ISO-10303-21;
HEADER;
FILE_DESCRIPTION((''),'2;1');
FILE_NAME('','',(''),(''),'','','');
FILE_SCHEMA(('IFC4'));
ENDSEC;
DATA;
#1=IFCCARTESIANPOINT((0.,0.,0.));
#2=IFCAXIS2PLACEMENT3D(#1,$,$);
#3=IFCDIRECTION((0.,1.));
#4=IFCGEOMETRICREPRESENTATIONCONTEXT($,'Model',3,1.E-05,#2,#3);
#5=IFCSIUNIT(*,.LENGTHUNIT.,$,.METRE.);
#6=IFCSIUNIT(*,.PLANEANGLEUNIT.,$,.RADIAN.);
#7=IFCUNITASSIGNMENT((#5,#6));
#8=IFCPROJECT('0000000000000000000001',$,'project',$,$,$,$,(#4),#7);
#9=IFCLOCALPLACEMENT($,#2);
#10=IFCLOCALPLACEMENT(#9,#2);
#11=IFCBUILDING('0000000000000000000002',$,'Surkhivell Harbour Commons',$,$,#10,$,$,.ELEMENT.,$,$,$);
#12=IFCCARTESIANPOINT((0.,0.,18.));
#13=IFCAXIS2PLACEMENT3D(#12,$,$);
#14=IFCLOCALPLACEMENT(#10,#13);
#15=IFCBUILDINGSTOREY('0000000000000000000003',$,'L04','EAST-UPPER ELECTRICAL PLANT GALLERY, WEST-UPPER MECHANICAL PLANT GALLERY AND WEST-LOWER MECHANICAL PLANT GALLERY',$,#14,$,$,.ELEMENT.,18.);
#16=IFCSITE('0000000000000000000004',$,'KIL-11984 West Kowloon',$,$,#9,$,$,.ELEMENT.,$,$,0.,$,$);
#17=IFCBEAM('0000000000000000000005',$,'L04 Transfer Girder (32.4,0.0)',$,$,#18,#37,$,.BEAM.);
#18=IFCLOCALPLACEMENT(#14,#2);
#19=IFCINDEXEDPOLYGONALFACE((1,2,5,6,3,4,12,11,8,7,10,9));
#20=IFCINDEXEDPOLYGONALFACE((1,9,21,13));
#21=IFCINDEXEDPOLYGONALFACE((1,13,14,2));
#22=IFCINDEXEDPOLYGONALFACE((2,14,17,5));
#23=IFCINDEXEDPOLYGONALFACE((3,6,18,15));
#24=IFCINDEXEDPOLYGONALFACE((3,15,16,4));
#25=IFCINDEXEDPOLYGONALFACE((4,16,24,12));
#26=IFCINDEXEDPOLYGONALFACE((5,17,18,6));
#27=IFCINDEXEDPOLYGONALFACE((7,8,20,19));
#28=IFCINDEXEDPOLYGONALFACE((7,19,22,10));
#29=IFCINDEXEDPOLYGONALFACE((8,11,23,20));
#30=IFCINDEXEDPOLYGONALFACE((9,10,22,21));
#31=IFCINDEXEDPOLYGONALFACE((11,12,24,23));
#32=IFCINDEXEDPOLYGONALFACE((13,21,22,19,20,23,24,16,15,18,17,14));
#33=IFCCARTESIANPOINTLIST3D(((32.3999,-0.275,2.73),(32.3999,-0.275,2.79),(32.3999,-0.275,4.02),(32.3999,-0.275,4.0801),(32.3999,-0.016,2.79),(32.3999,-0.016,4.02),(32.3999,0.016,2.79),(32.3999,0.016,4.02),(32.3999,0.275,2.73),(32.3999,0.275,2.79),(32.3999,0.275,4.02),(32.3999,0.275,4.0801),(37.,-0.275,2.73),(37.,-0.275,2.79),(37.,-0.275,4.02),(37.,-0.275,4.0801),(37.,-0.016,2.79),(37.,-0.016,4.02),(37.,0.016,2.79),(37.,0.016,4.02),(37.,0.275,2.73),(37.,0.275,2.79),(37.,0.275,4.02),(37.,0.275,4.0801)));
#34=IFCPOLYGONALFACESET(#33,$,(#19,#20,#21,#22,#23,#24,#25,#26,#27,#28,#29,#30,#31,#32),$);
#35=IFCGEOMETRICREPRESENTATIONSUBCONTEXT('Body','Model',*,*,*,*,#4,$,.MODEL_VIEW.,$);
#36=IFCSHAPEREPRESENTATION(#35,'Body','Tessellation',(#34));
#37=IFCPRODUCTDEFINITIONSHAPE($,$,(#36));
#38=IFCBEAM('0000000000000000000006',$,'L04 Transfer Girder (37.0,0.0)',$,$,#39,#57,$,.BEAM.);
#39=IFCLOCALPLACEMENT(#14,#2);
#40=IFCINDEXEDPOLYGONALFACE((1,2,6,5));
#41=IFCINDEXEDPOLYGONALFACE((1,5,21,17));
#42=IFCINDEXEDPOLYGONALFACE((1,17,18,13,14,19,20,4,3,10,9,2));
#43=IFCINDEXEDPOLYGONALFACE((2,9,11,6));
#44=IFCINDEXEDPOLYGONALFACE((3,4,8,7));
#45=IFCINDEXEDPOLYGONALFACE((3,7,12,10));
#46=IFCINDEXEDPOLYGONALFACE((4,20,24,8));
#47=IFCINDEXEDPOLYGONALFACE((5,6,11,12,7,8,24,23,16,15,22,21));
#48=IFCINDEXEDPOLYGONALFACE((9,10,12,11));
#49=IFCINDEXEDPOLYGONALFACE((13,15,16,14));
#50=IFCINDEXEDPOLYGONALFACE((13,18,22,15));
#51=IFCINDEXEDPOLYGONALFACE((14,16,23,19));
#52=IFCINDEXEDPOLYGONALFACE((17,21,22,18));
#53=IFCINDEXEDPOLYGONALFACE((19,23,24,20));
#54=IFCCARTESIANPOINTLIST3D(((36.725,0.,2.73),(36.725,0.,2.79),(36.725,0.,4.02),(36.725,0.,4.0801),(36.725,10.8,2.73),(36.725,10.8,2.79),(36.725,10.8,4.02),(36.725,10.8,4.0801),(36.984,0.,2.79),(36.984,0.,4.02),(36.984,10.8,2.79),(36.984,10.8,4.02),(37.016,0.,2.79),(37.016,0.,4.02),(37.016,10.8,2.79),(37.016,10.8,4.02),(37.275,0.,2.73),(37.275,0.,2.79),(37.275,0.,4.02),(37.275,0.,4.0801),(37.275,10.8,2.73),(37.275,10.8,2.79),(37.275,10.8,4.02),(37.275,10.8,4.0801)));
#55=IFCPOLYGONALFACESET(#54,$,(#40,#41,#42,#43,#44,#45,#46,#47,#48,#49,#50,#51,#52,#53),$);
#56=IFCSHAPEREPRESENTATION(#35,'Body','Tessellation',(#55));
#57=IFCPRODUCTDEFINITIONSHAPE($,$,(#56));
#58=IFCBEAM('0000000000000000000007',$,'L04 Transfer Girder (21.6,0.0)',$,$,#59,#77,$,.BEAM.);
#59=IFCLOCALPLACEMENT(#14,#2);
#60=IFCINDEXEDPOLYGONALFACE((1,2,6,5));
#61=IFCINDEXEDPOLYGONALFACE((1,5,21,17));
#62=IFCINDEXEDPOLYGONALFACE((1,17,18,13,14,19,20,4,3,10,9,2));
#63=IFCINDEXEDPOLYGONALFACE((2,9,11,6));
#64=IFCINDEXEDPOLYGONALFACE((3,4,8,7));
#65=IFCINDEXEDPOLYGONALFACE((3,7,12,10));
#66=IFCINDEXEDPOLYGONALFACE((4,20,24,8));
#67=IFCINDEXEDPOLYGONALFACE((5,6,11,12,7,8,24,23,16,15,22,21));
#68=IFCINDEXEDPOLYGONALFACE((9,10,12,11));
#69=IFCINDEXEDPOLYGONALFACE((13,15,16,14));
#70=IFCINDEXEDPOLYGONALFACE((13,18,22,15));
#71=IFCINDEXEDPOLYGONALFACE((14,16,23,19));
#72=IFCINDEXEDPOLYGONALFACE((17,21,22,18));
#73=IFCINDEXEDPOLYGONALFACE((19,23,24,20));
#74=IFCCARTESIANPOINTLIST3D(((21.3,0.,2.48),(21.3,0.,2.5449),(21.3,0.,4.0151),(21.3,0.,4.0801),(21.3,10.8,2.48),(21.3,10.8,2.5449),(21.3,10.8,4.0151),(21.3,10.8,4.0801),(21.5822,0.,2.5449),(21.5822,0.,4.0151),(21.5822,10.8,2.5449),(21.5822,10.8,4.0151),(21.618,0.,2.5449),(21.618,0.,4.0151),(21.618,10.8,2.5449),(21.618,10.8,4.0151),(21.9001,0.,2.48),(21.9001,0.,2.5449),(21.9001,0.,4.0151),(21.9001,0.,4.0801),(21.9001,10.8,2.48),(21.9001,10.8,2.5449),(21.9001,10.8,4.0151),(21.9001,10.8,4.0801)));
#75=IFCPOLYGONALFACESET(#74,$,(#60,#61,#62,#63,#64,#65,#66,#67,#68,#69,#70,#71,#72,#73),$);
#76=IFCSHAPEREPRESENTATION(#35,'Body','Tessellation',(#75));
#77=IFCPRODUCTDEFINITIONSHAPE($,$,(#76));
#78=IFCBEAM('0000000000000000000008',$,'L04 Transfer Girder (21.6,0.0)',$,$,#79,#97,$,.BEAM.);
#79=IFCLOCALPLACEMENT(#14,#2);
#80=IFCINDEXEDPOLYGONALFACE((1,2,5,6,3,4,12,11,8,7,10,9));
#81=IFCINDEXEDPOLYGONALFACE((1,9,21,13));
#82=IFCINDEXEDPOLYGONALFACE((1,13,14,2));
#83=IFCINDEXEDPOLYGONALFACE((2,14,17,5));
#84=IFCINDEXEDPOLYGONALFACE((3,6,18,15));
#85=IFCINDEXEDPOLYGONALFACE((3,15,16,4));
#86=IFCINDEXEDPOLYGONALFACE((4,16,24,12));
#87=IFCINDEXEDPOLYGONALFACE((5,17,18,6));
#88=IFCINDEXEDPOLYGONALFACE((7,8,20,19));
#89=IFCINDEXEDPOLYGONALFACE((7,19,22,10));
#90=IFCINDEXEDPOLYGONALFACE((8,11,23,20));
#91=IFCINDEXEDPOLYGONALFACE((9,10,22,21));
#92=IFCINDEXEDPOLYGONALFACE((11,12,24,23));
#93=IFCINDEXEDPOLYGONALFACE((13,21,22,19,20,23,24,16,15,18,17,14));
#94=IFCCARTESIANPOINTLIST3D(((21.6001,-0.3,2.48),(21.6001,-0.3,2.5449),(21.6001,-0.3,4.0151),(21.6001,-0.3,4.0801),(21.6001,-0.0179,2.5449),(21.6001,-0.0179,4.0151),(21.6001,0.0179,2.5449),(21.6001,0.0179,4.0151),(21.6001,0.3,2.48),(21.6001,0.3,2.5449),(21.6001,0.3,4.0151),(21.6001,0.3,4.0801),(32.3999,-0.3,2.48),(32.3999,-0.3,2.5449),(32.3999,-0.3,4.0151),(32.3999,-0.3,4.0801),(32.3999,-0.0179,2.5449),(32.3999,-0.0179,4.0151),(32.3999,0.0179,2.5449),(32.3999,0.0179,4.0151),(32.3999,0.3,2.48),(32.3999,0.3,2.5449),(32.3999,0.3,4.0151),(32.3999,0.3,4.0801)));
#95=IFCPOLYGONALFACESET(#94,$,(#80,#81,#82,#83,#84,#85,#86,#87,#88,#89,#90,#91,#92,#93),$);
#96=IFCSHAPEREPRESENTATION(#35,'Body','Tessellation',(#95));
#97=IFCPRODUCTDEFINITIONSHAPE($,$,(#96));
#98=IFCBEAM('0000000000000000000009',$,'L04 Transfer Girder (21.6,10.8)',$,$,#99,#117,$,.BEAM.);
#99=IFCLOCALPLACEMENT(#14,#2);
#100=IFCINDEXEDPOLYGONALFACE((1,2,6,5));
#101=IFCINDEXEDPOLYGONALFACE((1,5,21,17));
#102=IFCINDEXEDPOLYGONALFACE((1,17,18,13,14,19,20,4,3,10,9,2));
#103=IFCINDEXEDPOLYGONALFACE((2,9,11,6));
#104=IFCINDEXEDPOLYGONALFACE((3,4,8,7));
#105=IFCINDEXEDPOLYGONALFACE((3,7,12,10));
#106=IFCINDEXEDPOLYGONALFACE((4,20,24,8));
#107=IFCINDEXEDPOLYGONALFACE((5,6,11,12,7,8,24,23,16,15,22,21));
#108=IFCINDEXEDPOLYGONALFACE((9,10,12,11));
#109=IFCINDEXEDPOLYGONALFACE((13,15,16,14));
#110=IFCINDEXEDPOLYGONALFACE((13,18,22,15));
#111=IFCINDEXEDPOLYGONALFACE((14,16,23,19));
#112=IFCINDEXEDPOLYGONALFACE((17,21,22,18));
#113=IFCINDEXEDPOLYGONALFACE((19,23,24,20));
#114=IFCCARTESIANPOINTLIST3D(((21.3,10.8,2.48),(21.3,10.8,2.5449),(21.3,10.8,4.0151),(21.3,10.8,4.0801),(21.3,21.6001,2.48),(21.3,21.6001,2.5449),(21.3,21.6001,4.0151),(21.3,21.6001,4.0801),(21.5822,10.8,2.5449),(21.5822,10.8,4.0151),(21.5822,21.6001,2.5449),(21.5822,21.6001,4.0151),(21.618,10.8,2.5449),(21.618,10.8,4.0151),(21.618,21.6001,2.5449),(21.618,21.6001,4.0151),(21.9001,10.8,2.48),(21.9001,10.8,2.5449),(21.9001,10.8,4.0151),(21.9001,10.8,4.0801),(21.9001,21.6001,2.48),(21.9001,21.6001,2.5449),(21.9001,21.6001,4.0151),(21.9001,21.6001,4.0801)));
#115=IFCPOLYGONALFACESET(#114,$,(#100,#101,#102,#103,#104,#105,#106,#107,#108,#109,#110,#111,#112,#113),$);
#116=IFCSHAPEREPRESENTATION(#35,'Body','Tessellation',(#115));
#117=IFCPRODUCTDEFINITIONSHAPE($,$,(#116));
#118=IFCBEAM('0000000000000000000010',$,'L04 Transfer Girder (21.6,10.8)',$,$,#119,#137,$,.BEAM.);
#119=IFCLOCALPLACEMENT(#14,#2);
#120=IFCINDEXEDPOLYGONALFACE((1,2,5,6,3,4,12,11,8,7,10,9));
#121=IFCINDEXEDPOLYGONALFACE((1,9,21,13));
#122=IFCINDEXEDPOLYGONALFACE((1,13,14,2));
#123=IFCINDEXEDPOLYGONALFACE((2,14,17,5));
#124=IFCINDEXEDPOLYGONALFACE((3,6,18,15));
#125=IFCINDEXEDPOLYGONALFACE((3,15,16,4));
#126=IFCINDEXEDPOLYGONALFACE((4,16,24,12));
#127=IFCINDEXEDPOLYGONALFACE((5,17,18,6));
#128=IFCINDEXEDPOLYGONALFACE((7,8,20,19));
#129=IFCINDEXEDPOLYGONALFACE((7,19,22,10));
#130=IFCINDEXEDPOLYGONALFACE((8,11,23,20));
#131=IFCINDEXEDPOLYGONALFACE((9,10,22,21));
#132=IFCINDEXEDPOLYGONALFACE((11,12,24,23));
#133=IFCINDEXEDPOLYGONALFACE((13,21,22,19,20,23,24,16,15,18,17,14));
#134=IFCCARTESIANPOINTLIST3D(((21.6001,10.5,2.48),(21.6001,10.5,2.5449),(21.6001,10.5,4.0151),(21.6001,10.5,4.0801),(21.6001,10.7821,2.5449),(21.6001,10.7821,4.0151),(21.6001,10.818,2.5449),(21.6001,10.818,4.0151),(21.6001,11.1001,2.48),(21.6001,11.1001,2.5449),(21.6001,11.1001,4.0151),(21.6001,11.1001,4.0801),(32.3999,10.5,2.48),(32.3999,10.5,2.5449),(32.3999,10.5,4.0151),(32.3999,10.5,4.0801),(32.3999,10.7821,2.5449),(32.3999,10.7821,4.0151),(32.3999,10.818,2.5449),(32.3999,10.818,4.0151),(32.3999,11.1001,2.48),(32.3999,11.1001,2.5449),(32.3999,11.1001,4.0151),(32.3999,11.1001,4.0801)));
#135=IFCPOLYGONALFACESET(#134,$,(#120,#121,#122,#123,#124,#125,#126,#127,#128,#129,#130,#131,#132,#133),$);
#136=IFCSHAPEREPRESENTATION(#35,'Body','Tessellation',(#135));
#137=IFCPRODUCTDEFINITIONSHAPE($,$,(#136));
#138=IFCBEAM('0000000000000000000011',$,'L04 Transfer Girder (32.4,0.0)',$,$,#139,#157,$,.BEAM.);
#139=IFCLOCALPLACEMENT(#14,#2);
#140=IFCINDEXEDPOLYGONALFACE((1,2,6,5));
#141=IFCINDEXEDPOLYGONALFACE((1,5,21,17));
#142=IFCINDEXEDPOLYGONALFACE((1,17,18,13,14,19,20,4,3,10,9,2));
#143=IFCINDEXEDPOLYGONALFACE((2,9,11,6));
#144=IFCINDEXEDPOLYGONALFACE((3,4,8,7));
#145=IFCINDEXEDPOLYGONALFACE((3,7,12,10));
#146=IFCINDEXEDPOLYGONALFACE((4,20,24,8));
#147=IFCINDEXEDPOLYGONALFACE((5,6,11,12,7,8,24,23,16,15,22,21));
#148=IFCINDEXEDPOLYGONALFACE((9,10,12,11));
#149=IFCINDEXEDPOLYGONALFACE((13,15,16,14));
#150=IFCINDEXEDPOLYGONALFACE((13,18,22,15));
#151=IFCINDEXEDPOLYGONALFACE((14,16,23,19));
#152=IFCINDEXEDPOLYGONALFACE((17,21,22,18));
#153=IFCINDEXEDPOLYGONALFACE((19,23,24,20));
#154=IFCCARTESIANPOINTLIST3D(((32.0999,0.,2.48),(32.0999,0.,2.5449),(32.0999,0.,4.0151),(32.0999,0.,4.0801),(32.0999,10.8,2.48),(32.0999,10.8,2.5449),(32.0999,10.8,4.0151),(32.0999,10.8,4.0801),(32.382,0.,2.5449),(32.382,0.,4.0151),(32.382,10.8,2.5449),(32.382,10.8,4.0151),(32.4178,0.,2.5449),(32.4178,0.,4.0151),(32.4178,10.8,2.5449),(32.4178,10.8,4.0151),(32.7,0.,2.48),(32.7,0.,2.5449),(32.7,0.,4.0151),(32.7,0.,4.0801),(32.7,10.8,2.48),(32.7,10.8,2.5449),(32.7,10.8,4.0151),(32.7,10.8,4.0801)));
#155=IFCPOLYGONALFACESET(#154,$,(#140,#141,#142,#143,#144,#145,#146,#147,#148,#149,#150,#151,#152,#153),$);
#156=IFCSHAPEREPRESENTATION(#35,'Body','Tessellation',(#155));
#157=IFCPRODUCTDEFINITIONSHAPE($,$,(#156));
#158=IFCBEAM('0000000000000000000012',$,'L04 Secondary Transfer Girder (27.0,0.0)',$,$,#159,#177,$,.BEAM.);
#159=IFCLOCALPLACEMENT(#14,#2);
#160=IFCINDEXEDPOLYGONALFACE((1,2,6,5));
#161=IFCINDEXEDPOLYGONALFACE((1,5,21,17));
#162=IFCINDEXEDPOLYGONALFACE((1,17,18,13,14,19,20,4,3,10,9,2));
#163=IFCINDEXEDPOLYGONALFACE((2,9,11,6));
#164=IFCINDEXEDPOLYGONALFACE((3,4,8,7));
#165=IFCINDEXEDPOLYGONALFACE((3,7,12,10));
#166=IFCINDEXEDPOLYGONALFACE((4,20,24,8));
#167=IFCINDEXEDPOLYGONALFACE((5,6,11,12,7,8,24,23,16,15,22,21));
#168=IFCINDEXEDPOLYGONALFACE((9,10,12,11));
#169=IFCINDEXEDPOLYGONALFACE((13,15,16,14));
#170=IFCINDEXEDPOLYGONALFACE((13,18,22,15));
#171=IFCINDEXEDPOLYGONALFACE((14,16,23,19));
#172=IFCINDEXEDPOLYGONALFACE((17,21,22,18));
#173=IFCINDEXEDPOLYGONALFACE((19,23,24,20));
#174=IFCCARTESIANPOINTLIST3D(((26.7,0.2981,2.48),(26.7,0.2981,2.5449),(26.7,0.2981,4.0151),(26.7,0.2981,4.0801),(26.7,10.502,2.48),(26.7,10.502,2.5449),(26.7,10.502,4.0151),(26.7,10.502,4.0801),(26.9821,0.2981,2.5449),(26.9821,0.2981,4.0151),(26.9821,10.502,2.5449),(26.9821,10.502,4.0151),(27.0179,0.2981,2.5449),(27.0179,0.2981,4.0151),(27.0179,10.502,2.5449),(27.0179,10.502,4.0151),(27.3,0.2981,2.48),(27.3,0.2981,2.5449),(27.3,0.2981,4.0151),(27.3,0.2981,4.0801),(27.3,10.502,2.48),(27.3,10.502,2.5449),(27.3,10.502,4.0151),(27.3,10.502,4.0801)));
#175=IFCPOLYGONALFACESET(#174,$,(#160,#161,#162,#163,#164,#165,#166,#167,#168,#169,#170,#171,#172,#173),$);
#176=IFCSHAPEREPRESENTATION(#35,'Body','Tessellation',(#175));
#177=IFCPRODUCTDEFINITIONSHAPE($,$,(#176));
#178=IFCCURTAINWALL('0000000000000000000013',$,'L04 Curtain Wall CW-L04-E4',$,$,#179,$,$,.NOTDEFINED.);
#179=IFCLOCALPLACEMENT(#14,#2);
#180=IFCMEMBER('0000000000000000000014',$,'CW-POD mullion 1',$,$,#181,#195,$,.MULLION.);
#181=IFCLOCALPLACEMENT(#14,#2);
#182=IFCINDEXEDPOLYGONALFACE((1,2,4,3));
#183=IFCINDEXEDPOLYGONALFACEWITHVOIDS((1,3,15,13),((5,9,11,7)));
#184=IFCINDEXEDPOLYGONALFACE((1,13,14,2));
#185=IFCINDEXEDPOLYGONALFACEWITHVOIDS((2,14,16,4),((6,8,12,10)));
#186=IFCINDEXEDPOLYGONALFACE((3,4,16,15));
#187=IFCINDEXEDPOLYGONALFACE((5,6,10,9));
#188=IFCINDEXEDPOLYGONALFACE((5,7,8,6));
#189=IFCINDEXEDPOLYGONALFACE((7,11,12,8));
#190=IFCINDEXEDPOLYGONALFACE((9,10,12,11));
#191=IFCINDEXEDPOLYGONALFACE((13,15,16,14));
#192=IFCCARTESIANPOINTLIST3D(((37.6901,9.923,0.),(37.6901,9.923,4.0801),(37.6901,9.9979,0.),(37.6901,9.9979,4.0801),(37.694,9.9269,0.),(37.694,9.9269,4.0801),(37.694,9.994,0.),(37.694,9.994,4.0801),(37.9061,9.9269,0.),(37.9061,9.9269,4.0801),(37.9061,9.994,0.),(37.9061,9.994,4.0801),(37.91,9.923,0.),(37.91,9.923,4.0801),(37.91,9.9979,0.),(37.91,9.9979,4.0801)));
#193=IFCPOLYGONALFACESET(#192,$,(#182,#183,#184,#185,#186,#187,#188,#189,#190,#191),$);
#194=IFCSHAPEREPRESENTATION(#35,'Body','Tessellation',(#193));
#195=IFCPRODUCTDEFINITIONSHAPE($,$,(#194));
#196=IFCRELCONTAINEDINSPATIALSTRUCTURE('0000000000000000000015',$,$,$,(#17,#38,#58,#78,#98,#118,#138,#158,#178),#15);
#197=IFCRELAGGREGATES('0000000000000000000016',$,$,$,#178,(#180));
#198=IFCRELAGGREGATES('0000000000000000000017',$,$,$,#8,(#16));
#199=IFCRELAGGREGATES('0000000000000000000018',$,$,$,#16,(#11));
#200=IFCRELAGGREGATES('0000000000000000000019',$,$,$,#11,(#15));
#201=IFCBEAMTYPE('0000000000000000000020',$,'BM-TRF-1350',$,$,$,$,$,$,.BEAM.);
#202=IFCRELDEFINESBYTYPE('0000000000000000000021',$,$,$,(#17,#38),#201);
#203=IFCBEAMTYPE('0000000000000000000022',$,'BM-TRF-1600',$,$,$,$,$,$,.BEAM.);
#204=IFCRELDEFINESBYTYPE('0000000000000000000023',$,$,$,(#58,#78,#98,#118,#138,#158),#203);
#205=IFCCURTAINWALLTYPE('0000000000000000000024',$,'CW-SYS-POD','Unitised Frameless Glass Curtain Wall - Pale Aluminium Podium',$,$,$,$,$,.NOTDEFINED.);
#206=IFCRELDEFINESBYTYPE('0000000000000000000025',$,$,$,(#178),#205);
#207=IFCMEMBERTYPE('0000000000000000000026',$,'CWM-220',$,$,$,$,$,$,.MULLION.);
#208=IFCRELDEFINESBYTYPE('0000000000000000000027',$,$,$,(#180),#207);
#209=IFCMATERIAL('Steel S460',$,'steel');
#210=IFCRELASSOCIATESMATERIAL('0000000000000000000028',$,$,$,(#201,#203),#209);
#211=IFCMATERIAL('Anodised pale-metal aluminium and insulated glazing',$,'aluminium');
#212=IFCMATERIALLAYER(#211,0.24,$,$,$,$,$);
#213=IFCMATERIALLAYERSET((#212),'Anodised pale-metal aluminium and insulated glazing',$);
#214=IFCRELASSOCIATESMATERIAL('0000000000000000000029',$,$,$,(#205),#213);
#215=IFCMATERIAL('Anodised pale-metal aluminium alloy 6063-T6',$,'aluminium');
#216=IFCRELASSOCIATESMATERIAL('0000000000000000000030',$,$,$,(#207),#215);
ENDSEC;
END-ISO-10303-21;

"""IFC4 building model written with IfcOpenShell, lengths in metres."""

from ifc_helpers import new_model, si_unit, direction, frame, origin, origin_2d, place, context, subcontext, project, spatial, hollow_rectangle, i_section, extrude, material, layer, layer_set, material_profile, profile_set, type_object, element, aggregate, save


model = new_model("IFC4")

# Units and contexts
model_context = context("Model", 3, precision=1e-05, world=origin(), true_north=direction((0.0, 1.0)))
body_context = subcontext(model_context, "Body", "Model", "MODEL_VIEW")
ifc_project = project(units=[si_unit("LENGTHUNIT", "METRE"), si_unit("PLANEANGLEUNIT", "RADIAN")], contexts=[model_context])

# Site, building, storey
site_placement = place(None, origin())
site = spatial("IfcSite", under=ifc_project, at=site_placement, Name="KIL-11984 West Kowloon", CompositionType="ELEMENT", RefElevation=0.0)
building_placement = place(site_placement, origin())
building = spatial("IfcBuilding", under=site, at=building_placement, Name="Surkhivell Harbour Commons", CompositionType="ELEMENT")
storey_placement = place(building_placement, frame((0.0, 0.0, 18.0)))
storey = spatial("IfcBuildingStorey", under=building, at=storey_placement, Name="L04", Description="EAST-UPPER ELECTRICAL PLANT GALLERY, WEST-UPPER MECHANICAL PLANT GALLERY AND WEST-LOWER MECHANICAL PLANT GALLERY", CompositionType="ELEMENT", Elevation=18.0)

# Beams
ifc_material_1 = material(Name="Steel S460", Category="steel")
ifc_material_profile_1 = material_profile(ifc_material_1, i_section(OverallWidth=0.55, OverallDepth=1.3501, WebThickness=0.032, FlangeThickness=0.0601, at=origin_2d()), Name="WPG1350x550x248")
ifc_profile_set_1 = profile_set([ifc_material_profile_1], Name="Steel S460")
beam_type_1 = type_object("IfcBeamType", Name="BM-TRF-1350", PredefinedType="BEAM", material=ifc_profile_set_1)
beam_1_placement = place(storey_placement, frame((32.3999, 0.0, 3.405), z_axis=(1.0, 0.0, 0.0), x_axis=(0.0, 1.0, 0.0)))
element("IfcBeam", 1, at=beam_1_placement, inside=storey, type_object=beam_type_1, Name="L04 Transfer Girder (32.4,0.0)", PredefinedType="BEAM", context=body_context, shape_type="SweptSolid", body=[
    extrude(i_section(OverallWidth=0.55, OverallDepth=1.3501, WebThickness=0.032, FlangeThickness=0.0601, at=origin_2d()), origin(), (0.0, 0.0, 1.0), 4.6001),
])
beam_2_placement = place(storey_placement, frame((37.0, 0.0, 3.405), z_axis=(0.0, 1.0, 0.0), x_axis=(-1.0, 0.0, 0.0)))
element("IfcBeam", 2, at=beam_2_placement, inside=storey, type_object=beam_type_1, Name="L04 Transfer Girder (37.0,0.0)", PredefinedType="BEAM", context=body_context, shape_type="SweptSolid", body=[
    extrude(i_section(OverallWidth=0.55, OverallDepth=1.3501, WebThickness=0.032, FlangeThickness=0.0601, at=origin_2d()), origin(), (0.0, 0.0, 1.0), 10.8),
])
ifc_material_profile_2 = material_profile(ifc_material_1, i_section(OverallWidth=0.6001, OverallDepth=1.6001, WebThickness=0.0359, FlangeThickness=0.0649, at=origin_2d()), Name="WPG1600x600x296")
ifc_profile_set_2 = profile_set([ifc_material_profile_2], Name="Steel S460")
beam_type_2 = type_object("IfcBeamType", Name="BM-TRF-1600", PredefinedType="BEAM", material=ifc_profile_set_2)
beam_3_placement = place(storey_placement, frame((21.6001, 0.0, 3.28), z_axis=(0.0, 1.0, 0.0), x_axis=(-1.0, 0.0, 0.0)))
element("IfcBeam", 3, at=beam_3_placement, inside=storey, type_object=beam_type_2, Name="L04 Transfer Girder (21.6,0.0)", PredefinedType="BEAM", context=body_context, shape_type="SweptSolid", body=[
    extrude(i_section(OverallWidth=0.6001, OverallDepth=1.6001, WebThickness=0.0359, FlangeThickness=0.0649, at=origin_2d()), origin(), (0.0, 0.0, 1.0), 10.8),
])
beam_4_placement = place(storey_placement, frame((21.6001, 0.0, 3.28), z_axis=(1.0, 0.0, 0.0), x_axis=(0.0, 1.0, 0.0)))
element("IfcBeam", 4, at=beam_4_placement, inside=storey, type_object=beam_type_2, Name="L04 Transfer Girder (21.6,0.0)", PredefinedType="BEAM", context=body_context, shape_type="SweptSolid", body=[
    extrude(i_section(OverallWidth=0.6001, OverallDepth=1.6001, WebThickness=0.0359, FlangeThickness=0.0649, at=origin_2d()), origin(), (0.0, 0.0, 1.0), 10.7998),
])
beam_5_placement = place(storey_placement, frame((21.6001, 10.8, 3.28), z_axis=(0.0, 1.0, 0.0), x_axis=(-1.0, 0.0, 0.0)))
element("IfcBeam", 5, at=beam_5_placement, inside=storey, type_object=beam_type_2, Name="L04 Transfer Girder (21.6,10.8)", PredefinedType="BEAM", context=body_context, shape_type="SweptSolid", body=[
    extrude(i_section(OverallWidth=0.6001, OverallDepth=1.6001, WebThickness=0.0359, FlangeThickness=0.0649, at=origin_2d()), origin(), (0.0, 0.0, 1.0), 10.8),
])
beam_6_placement = place(storey_placement, frame((21.6001, 10.8, 3.28), z_axis=(1.0, 0.0, 0.0), x_axis=(0.0, 1.0, 0.0)))
element("IfcBeam", 6, at=beam_6_placement, inside=storey, type_object=beam_type_2, Name="L04 Transfer Girder (21.6,10.8)", PredefinedType="BEAM", context=body_context, shape_type="SweptSolid", body=[
    extrude(i_section(OverallWidth=0.6001, OverallDepth=1.6001, WebThickness=0.0359, FlangeThickness=0.0649, at=origin_2d()), origin(), (0.0, 0.0, 1.0), 10.7998),
])
beam_7_placement = place(storey_placement, frame((32.3999, 0.0, 3.28), z_axis=(0.0, 1.0, 0.0), x_axis=(-1.0, 0.0, 0.0)))
element("IfcBeam", 7, at=beam_7_placement, inside=storey, type_object=beam_type_2, Name="L04 Transfer Girder (32.4,0.0)", PredefinedType="BEAM", context=body_context, shape_type="SweptSolid", body=[
    extrude(i_section(OverallWidth=0.6001, OverallDepth=1.6001, WebThickness=0.0359, FlangeThickness=0.0649, at=origin_2d()), origin(), (0.0, 0.0, 1.0), 10.8),
])
beam_8_placement = place(storey_placement, frame((27.0, 0.2981, 3.28), z_axis=(0.0, 1.0, 0.0), x_axis=(-1.0, 0.0, 0.0)))
element("IfcBeam", 8, at=beam_8_placement, inside=storey, type_object=beam_type_2, Name="L04 Secondary Transfer Girder (27.0,0.0)", PredefinedType="BEAM", context=body_context, shape_type="SweptSolid", body=[
    extrude(i_section(OverallWidth=0.6001, OverallDepth=1.6001, WebThickness=0.0359, FlangeThickness=0.0649, at=origin_2d()), origin(), (0.0, 0.0, 1.0), 10.2039),
])

# Curtain wall, member
ifc_material_2 = material(Name="Anodised pale-metal aluminium and insulated glazing", Category="aluminium")
ifc_layer_1 = layer(ifc_material_2, 0.24)
ifc_layer_set_1 = layer_set([ifc_layer_1], Name="Anodised pale-metal aluminium and insulated glazing")
curtain_wall_type = type_object("IfcCurtainWallType", Name="CW-SYS-POD", Description="Unitised Frameless Glass Curtain Wall - Pale Aluminium Podium", PredefinedType="NOTDEFINED", material=ifc_layer_set_1)
curtain_wall_placement = place(storey_placement, origin())
curtain_wall = element("IfcCurtainWall", 9, at=curtain_wall_placement, inside=storey, type_object=curtain_wall_type, Name="L04 Curtain Wall CW-L04-E4", PredefinedType="NOTDEFINED")
ifc_material_3 = material(Name="Anodised pale-metal aluminium alloy 6063-T6", Category="aluminium")
ifc_material_profile_3 = material_profile(ifc_material_3, hollow_rectangle(XDim=0.075, YDim=0.22, WallThickness=0.0039, at=origin_2d()), Name="ALU-MULL-75x220")
ifc_profile_set_3 = profile_set([ifc_material_profile_3], Name="Anodised pale-metal aluminium alloy 6063-T6")
member_type_1 = type_object("IfcMemberType", Name="CWM-220", PredefinedType="MULLION", material=ifc_profile_set_3)
member_1_placement = place(storey_placement, frame((37.8, 9.9604, 0.0), z_axis=(0.0, 0.0, 1.0), x_axis=(0.0, -1.0, 0.0)))
member_1 = element("IfcMember", 10, at=member_1_placement, type_object=member_type_1, Name="CW-POD mullion 1", PredefinedType="MULLION", context=body_context, shape_type="SweptSolid", body=[
    extrude(hollow_rectangle(XDim=0.075, YDim=0.22, WallThickness=0.0039, at=origin_2d()), origin(), (0.0, 0.0, 1.0), 4.0801),
])

aggregate(curtain_wall, [member_1])

save(model, "model.ifc")
